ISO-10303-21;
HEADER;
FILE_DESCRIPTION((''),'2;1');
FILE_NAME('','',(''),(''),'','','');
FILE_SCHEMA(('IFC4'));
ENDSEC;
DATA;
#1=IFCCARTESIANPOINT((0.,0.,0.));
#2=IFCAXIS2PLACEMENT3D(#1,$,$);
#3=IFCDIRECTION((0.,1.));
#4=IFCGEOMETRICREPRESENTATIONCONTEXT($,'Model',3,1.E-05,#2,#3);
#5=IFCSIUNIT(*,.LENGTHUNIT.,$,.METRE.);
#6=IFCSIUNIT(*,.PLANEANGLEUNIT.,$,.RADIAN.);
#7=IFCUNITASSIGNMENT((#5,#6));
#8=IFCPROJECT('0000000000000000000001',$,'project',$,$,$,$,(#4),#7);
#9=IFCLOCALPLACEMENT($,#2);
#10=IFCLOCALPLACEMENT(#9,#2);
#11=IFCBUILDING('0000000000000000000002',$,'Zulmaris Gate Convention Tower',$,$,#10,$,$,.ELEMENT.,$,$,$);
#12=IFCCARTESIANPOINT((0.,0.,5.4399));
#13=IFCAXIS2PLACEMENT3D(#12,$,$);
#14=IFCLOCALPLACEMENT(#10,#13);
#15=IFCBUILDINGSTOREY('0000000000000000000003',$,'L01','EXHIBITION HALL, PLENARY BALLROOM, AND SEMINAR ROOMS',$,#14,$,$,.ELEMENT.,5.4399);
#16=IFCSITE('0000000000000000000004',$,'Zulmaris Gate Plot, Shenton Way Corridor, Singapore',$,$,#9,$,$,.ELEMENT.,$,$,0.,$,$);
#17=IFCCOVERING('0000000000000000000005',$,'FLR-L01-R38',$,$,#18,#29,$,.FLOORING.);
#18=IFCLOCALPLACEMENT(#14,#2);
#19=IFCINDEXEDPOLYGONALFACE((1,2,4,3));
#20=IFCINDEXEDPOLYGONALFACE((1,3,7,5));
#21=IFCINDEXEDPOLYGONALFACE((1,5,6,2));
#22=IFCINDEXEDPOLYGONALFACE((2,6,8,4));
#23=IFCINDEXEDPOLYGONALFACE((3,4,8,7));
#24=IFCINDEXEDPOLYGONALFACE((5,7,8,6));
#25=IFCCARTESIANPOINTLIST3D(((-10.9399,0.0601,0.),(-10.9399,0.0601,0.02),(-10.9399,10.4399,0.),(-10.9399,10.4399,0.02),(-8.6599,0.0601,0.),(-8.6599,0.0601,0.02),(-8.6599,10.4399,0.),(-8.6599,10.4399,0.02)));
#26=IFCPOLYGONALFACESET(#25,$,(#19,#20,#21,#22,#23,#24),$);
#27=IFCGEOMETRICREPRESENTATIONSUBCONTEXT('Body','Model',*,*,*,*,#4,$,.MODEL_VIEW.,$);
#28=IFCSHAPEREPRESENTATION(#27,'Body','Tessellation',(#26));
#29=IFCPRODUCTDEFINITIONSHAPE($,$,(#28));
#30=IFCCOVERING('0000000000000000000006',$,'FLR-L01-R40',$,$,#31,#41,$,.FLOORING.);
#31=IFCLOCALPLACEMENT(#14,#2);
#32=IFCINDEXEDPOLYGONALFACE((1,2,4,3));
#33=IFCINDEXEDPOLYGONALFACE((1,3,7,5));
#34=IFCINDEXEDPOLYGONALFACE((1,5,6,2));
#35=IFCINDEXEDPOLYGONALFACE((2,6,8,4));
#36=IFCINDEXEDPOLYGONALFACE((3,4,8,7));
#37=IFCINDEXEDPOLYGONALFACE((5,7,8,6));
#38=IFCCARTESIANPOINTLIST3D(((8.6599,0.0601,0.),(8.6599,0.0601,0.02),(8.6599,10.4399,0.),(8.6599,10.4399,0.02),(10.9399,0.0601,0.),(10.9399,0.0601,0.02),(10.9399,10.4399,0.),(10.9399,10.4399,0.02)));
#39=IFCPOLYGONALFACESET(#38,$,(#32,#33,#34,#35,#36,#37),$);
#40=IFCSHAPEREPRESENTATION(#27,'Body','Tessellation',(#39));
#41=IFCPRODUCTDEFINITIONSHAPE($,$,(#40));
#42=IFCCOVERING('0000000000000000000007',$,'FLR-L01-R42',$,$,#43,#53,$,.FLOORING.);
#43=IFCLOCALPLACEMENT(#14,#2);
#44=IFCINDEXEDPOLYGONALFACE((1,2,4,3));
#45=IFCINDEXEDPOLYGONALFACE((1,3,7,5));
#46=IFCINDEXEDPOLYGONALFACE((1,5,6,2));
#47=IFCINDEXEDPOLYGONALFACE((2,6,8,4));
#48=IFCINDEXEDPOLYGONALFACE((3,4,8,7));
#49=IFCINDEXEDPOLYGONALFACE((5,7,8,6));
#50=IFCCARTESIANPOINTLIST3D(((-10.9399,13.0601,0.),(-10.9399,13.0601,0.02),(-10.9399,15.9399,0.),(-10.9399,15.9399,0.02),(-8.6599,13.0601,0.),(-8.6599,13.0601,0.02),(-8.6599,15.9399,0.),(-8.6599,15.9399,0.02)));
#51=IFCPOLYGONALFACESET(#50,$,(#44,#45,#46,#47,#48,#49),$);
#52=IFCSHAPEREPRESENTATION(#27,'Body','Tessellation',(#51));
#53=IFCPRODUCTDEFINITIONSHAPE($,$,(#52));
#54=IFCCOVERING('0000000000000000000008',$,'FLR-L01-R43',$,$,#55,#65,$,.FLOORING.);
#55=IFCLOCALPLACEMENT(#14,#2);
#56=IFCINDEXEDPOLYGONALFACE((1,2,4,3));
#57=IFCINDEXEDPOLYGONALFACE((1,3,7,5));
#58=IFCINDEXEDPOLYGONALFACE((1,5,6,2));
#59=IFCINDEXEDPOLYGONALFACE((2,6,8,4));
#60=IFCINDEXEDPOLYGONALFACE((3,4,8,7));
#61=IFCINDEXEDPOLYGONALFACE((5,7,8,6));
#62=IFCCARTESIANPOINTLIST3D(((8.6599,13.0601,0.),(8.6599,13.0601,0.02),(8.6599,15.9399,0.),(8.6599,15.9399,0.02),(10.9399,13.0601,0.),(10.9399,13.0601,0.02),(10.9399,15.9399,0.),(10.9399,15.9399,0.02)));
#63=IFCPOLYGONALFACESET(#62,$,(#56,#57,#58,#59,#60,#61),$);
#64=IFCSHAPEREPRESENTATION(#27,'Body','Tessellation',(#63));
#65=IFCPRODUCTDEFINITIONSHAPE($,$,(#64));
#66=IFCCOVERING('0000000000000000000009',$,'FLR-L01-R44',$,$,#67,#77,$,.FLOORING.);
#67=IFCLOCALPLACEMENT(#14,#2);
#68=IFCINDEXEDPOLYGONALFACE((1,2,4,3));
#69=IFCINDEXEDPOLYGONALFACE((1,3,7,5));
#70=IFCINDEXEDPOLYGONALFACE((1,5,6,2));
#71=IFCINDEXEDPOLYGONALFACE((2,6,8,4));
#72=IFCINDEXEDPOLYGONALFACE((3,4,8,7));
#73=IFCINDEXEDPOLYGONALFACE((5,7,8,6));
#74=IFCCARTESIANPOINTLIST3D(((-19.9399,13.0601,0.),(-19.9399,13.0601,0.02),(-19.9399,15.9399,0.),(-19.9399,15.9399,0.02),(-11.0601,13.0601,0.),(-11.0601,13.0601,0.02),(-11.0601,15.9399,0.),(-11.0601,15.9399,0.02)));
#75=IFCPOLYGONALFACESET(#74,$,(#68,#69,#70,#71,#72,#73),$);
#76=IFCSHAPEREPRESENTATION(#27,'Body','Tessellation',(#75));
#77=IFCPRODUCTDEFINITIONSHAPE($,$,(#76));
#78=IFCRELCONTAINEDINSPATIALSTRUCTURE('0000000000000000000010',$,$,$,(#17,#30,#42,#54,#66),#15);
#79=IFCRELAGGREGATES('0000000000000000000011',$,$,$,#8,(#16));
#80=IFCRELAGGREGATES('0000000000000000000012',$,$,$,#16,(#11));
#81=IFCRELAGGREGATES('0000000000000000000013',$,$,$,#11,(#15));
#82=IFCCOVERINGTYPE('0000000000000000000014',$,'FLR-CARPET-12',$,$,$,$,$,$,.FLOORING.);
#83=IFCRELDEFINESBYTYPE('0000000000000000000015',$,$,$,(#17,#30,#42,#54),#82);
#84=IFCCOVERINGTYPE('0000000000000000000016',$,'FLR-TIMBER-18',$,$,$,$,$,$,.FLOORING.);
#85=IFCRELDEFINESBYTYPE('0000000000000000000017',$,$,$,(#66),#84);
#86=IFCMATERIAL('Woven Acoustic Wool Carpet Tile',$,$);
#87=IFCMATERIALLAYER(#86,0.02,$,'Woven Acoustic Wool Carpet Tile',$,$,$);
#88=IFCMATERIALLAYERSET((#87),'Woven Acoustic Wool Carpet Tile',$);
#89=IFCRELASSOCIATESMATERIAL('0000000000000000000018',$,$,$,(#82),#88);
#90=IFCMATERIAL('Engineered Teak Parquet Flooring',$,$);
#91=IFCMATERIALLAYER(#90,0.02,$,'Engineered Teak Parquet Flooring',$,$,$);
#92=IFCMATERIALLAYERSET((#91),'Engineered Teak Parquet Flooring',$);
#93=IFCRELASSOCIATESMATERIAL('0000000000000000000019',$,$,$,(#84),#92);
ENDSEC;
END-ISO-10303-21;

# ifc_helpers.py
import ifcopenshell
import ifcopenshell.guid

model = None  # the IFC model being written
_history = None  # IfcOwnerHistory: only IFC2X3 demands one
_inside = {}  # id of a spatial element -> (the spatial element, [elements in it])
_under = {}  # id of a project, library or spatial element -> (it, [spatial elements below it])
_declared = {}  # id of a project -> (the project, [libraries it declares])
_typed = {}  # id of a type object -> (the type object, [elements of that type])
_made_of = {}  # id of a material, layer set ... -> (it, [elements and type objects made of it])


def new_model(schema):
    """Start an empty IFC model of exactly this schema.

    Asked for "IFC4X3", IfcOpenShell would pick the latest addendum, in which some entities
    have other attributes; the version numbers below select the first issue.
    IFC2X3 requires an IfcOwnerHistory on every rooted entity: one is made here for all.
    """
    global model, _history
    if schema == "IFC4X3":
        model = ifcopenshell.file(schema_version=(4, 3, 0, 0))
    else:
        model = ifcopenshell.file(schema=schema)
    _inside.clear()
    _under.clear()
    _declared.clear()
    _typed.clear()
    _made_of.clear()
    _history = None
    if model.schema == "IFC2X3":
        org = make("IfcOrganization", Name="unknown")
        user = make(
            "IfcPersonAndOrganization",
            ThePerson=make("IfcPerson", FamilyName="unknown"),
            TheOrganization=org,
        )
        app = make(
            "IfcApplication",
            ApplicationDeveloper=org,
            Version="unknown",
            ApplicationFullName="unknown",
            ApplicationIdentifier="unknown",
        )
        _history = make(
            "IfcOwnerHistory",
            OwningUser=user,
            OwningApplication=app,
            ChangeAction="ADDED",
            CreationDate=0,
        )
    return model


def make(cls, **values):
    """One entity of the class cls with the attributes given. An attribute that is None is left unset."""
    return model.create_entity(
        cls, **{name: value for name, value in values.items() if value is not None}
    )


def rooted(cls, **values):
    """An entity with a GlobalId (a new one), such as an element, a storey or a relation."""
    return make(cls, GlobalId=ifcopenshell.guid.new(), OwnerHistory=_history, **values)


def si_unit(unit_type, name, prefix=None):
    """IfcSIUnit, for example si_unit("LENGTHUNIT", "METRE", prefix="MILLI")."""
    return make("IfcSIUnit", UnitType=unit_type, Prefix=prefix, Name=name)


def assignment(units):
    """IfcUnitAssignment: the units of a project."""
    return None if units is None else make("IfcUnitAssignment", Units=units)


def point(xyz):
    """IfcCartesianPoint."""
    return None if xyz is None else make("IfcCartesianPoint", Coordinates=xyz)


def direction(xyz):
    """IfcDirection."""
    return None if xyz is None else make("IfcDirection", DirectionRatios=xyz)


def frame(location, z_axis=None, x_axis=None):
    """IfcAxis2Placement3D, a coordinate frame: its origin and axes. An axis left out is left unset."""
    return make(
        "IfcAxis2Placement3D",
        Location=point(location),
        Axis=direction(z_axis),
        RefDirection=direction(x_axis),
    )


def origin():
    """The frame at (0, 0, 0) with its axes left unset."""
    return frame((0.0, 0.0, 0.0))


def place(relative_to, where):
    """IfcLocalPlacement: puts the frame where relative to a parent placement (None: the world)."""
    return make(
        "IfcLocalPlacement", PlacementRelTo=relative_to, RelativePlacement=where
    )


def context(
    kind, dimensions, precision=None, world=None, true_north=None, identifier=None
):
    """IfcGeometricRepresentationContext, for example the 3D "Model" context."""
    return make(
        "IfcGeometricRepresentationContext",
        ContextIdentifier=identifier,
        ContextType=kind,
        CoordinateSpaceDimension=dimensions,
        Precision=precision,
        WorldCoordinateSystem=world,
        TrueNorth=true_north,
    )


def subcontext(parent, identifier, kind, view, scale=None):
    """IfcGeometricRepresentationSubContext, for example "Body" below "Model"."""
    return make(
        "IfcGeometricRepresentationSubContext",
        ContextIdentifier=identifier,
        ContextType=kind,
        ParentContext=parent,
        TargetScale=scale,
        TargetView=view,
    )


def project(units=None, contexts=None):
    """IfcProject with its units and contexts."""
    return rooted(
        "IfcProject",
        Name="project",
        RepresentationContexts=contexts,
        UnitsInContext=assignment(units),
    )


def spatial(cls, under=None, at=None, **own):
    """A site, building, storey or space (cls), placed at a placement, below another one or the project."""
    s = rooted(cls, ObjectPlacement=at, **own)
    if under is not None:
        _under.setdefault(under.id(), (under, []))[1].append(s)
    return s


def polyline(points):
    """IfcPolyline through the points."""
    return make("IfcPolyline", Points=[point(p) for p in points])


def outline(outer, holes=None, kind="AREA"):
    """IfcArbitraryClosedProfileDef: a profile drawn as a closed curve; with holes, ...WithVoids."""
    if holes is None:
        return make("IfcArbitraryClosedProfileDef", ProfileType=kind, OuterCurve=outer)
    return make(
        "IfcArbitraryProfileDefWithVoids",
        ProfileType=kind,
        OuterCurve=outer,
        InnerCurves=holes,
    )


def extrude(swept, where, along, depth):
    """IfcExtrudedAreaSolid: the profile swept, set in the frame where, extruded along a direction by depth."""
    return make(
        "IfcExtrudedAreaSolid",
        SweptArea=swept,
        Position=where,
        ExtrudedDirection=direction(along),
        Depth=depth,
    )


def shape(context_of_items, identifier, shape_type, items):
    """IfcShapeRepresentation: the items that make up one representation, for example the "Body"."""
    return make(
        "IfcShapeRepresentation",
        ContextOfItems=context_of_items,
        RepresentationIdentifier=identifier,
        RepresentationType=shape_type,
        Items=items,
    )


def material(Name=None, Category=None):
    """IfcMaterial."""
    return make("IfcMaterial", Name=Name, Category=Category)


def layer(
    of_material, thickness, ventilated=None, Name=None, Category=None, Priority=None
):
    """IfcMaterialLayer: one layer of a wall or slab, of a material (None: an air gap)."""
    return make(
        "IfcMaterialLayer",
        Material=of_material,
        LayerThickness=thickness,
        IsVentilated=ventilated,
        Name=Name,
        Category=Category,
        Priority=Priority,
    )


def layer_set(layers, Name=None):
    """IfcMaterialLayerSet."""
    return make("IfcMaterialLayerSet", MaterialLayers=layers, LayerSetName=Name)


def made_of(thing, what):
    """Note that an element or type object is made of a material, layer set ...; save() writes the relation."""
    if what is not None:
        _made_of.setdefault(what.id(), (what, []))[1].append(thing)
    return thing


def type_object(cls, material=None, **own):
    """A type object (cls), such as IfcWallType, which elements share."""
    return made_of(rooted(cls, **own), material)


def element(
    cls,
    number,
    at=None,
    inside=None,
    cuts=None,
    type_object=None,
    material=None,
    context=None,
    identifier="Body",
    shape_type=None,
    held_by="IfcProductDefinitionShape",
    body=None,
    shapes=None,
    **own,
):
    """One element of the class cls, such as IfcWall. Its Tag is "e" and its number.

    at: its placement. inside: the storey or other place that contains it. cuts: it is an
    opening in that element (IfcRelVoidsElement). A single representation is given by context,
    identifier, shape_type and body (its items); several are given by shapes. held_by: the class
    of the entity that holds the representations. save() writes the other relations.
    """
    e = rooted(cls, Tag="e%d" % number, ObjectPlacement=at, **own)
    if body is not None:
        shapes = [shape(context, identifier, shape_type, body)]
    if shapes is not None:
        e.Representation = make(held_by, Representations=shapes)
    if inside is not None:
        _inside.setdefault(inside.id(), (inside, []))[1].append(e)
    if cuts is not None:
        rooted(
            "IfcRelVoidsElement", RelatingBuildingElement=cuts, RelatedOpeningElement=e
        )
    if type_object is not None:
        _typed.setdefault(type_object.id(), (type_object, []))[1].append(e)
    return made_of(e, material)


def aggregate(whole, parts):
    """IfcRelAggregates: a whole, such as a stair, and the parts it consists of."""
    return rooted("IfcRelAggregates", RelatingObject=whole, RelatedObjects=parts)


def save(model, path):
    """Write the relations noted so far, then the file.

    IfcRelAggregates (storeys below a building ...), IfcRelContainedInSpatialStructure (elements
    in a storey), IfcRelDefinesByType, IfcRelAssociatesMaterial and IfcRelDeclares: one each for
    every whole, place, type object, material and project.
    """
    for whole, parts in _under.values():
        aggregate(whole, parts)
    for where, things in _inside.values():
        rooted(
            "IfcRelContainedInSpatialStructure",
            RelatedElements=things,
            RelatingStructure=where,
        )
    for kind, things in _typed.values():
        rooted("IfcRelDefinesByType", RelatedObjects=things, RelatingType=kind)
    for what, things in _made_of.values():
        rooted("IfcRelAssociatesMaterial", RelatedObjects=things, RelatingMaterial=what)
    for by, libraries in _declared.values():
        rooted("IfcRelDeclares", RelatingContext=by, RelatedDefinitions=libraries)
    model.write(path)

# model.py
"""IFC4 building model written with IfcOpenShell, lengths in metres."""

from ifc_helpers import new_model, si_unit, direction, frame, origin, place, context, subcontext, project, spatial, polyline, outline, extrude, material, layer, layer_set, type_object, element, save


model = new_model("IFC4")

# Units and contexts
model_context = context("Model", 3, precision=1e-05, world=origin(), true_north=direction((0.0, 1.0)))
body_context = subcontext(model_context, "Body", "Model", "MODEL_VIEW")
ifc_project = project(units=[si_unit("LENGTHUNIT", "METRE"), si_unit("PLANEANGLEUNIT", "RADIAN")], contexts=[model_context])

# Site, building, storey
site_placement = place(None, origin())
site = spatial("IfcSite", under=ifc_project, at=site_placement, Name="Zulmaris Gate Plot, Shenton Way Corridor, Singapore", CompositionType="ELEMENT", RefElevation=0.0)
building_placement = place(site_placement, origin())
building = spatial("IfcBuilding", under=site, at=building_placement, Name="Zulmaris Gate Convention Tower", CompositionType="ELEMENT")
storey_placement = place(building_placement, frame((0.0, 0.0, 5.4399)))
storey = spatial("IfcBuildingStorey", under=building, at=storey_placement, Name="L01", Description="EXHIBITION HALL, PLENARY BALLROOM, AND SEMINAR ROOMS", CompositionType="ELEMENT", Elevation=5.4399)

# Coverings
ifc_material_1 = material(Name="Woven Acoustic Wool Carpet Tile")
ifc_layer_1 = layer(ifc_material_1, 0.02, Name="Woven Acoustic Wool Carpet Tile")
ifc_layer_set_1 = layer_set([ifc_layer_1], Name="Woven Acoustic Wool Carpet Tile")
covering_type_1 = type_object("IfcCoveringType", Name="FLR-CARPET-12", PredefinedType="FLOORING", material=ifc_layer_set_1)
covering_1_placement = place(storey_placement, origin())
element("IfcCovering", 1, at=covering_1_placement, inside=storey, type_object=covering_type_1, Name="FLR-L01-R38", PredefinedType="FLOORING", context=body_context, shape_type="SweptSolid", body=[
    extrude(outline(polyline([(-10.9399, 0.0601), (-8.6599, 0.0601), (-8.6599, 10.4399), (-10.9399, 10.4399), (-10.9399, 0.0601)])), origin(), (0.0, 0.0, 1.0), 0.02),
])
covering_2_placement = place(storey_placement, origin())
element("IfcCovering", 2, at=covering_2_placement, inside=storey, type_object=covering_type_1, Name="FLR-L01-R40", PredefinedType="FLOORING", context=body_context, shape_type="SweptSolid", body=[
    extrude(outline(polyline([(8.6599, 0.0601), (10.9399, 0.0601), (10.9399, 10.4399), (8.6599, 10.4399), (8.6599, 0.0601)])), origin(), (0.0, 0.0, 1.0), 0.02),
])
covering_3_placement = place(storey_placement, origin())
element("IfcCovering", 3, at=covering_3_placement, inside=storey, type_object=covering_type_1, Name="FLR-L01-R42", PredefinedType="FLOORING", context=body_context, shape_type="SweptSolid", body=[
    extrude(outline(polyline([(-10.9399, 13.0601), (-8.6599, 13.0601), (-8.6599, 15.9399), (-10.9399, 15.9399), (-10.9399, 13.0601)])), origin(), (0.0, 0.0, 1.0), 0.02),
])
covering_4_placement = place(storey_placement, origin())
element("IfcCovering", 4, at=covering_4_placement, inside=storey, type_object=covering_type_1, Name="FLR-L01-R43", PredefinedType="FLOORING", context=body_context, shape_type="SweptSolid", body=[
    extrude(outline(polyline([(8.6599, 13.0601), (10.9399, 13.0601), (10.9399, 15.9399), (8.6599, 15.9399), (8.6599, 13.0601)])), origin(), (0.0, 0.0, 1.0), 0.02),
])
ifc_material_2 = material(Name="Engineered Teak Parquet Flooring")
ifc_layer_2 = layer(ifc_material_2, 0.02, Name="Engineered Teak Parquet Flooring")
ifc_layer_set_2 = layer_set([ifc_layer_2], Name="Engineered Teak Parquet Flooring")
covering_type_2 = type_object("IfcCoveringType", Name="FLR-TIMBER-18", PredefinedType="FLOORING", material=ifc_layer_set_2)
covering_5_placement = place(storey_placement, origin())
element("IfcCovering", 5, at=covering_5_placement, inside=storey, type_object=covering_type_2, Name="FLR-L01-R44", PredefinedType="FLOORING", context=body_context, shape_type="SweptSolid", body=[
    extrude(outline(polyline([(-19.9399, 13.0601), (-11.0601, 13.0601), (-11.0601, 15.9399), (-19.9399, 15.9399), (-19.9399, 13.0601)])), origin(), (0.0, 0.0, 1.0), 0.02),
])

save(model, "model.ifc")
